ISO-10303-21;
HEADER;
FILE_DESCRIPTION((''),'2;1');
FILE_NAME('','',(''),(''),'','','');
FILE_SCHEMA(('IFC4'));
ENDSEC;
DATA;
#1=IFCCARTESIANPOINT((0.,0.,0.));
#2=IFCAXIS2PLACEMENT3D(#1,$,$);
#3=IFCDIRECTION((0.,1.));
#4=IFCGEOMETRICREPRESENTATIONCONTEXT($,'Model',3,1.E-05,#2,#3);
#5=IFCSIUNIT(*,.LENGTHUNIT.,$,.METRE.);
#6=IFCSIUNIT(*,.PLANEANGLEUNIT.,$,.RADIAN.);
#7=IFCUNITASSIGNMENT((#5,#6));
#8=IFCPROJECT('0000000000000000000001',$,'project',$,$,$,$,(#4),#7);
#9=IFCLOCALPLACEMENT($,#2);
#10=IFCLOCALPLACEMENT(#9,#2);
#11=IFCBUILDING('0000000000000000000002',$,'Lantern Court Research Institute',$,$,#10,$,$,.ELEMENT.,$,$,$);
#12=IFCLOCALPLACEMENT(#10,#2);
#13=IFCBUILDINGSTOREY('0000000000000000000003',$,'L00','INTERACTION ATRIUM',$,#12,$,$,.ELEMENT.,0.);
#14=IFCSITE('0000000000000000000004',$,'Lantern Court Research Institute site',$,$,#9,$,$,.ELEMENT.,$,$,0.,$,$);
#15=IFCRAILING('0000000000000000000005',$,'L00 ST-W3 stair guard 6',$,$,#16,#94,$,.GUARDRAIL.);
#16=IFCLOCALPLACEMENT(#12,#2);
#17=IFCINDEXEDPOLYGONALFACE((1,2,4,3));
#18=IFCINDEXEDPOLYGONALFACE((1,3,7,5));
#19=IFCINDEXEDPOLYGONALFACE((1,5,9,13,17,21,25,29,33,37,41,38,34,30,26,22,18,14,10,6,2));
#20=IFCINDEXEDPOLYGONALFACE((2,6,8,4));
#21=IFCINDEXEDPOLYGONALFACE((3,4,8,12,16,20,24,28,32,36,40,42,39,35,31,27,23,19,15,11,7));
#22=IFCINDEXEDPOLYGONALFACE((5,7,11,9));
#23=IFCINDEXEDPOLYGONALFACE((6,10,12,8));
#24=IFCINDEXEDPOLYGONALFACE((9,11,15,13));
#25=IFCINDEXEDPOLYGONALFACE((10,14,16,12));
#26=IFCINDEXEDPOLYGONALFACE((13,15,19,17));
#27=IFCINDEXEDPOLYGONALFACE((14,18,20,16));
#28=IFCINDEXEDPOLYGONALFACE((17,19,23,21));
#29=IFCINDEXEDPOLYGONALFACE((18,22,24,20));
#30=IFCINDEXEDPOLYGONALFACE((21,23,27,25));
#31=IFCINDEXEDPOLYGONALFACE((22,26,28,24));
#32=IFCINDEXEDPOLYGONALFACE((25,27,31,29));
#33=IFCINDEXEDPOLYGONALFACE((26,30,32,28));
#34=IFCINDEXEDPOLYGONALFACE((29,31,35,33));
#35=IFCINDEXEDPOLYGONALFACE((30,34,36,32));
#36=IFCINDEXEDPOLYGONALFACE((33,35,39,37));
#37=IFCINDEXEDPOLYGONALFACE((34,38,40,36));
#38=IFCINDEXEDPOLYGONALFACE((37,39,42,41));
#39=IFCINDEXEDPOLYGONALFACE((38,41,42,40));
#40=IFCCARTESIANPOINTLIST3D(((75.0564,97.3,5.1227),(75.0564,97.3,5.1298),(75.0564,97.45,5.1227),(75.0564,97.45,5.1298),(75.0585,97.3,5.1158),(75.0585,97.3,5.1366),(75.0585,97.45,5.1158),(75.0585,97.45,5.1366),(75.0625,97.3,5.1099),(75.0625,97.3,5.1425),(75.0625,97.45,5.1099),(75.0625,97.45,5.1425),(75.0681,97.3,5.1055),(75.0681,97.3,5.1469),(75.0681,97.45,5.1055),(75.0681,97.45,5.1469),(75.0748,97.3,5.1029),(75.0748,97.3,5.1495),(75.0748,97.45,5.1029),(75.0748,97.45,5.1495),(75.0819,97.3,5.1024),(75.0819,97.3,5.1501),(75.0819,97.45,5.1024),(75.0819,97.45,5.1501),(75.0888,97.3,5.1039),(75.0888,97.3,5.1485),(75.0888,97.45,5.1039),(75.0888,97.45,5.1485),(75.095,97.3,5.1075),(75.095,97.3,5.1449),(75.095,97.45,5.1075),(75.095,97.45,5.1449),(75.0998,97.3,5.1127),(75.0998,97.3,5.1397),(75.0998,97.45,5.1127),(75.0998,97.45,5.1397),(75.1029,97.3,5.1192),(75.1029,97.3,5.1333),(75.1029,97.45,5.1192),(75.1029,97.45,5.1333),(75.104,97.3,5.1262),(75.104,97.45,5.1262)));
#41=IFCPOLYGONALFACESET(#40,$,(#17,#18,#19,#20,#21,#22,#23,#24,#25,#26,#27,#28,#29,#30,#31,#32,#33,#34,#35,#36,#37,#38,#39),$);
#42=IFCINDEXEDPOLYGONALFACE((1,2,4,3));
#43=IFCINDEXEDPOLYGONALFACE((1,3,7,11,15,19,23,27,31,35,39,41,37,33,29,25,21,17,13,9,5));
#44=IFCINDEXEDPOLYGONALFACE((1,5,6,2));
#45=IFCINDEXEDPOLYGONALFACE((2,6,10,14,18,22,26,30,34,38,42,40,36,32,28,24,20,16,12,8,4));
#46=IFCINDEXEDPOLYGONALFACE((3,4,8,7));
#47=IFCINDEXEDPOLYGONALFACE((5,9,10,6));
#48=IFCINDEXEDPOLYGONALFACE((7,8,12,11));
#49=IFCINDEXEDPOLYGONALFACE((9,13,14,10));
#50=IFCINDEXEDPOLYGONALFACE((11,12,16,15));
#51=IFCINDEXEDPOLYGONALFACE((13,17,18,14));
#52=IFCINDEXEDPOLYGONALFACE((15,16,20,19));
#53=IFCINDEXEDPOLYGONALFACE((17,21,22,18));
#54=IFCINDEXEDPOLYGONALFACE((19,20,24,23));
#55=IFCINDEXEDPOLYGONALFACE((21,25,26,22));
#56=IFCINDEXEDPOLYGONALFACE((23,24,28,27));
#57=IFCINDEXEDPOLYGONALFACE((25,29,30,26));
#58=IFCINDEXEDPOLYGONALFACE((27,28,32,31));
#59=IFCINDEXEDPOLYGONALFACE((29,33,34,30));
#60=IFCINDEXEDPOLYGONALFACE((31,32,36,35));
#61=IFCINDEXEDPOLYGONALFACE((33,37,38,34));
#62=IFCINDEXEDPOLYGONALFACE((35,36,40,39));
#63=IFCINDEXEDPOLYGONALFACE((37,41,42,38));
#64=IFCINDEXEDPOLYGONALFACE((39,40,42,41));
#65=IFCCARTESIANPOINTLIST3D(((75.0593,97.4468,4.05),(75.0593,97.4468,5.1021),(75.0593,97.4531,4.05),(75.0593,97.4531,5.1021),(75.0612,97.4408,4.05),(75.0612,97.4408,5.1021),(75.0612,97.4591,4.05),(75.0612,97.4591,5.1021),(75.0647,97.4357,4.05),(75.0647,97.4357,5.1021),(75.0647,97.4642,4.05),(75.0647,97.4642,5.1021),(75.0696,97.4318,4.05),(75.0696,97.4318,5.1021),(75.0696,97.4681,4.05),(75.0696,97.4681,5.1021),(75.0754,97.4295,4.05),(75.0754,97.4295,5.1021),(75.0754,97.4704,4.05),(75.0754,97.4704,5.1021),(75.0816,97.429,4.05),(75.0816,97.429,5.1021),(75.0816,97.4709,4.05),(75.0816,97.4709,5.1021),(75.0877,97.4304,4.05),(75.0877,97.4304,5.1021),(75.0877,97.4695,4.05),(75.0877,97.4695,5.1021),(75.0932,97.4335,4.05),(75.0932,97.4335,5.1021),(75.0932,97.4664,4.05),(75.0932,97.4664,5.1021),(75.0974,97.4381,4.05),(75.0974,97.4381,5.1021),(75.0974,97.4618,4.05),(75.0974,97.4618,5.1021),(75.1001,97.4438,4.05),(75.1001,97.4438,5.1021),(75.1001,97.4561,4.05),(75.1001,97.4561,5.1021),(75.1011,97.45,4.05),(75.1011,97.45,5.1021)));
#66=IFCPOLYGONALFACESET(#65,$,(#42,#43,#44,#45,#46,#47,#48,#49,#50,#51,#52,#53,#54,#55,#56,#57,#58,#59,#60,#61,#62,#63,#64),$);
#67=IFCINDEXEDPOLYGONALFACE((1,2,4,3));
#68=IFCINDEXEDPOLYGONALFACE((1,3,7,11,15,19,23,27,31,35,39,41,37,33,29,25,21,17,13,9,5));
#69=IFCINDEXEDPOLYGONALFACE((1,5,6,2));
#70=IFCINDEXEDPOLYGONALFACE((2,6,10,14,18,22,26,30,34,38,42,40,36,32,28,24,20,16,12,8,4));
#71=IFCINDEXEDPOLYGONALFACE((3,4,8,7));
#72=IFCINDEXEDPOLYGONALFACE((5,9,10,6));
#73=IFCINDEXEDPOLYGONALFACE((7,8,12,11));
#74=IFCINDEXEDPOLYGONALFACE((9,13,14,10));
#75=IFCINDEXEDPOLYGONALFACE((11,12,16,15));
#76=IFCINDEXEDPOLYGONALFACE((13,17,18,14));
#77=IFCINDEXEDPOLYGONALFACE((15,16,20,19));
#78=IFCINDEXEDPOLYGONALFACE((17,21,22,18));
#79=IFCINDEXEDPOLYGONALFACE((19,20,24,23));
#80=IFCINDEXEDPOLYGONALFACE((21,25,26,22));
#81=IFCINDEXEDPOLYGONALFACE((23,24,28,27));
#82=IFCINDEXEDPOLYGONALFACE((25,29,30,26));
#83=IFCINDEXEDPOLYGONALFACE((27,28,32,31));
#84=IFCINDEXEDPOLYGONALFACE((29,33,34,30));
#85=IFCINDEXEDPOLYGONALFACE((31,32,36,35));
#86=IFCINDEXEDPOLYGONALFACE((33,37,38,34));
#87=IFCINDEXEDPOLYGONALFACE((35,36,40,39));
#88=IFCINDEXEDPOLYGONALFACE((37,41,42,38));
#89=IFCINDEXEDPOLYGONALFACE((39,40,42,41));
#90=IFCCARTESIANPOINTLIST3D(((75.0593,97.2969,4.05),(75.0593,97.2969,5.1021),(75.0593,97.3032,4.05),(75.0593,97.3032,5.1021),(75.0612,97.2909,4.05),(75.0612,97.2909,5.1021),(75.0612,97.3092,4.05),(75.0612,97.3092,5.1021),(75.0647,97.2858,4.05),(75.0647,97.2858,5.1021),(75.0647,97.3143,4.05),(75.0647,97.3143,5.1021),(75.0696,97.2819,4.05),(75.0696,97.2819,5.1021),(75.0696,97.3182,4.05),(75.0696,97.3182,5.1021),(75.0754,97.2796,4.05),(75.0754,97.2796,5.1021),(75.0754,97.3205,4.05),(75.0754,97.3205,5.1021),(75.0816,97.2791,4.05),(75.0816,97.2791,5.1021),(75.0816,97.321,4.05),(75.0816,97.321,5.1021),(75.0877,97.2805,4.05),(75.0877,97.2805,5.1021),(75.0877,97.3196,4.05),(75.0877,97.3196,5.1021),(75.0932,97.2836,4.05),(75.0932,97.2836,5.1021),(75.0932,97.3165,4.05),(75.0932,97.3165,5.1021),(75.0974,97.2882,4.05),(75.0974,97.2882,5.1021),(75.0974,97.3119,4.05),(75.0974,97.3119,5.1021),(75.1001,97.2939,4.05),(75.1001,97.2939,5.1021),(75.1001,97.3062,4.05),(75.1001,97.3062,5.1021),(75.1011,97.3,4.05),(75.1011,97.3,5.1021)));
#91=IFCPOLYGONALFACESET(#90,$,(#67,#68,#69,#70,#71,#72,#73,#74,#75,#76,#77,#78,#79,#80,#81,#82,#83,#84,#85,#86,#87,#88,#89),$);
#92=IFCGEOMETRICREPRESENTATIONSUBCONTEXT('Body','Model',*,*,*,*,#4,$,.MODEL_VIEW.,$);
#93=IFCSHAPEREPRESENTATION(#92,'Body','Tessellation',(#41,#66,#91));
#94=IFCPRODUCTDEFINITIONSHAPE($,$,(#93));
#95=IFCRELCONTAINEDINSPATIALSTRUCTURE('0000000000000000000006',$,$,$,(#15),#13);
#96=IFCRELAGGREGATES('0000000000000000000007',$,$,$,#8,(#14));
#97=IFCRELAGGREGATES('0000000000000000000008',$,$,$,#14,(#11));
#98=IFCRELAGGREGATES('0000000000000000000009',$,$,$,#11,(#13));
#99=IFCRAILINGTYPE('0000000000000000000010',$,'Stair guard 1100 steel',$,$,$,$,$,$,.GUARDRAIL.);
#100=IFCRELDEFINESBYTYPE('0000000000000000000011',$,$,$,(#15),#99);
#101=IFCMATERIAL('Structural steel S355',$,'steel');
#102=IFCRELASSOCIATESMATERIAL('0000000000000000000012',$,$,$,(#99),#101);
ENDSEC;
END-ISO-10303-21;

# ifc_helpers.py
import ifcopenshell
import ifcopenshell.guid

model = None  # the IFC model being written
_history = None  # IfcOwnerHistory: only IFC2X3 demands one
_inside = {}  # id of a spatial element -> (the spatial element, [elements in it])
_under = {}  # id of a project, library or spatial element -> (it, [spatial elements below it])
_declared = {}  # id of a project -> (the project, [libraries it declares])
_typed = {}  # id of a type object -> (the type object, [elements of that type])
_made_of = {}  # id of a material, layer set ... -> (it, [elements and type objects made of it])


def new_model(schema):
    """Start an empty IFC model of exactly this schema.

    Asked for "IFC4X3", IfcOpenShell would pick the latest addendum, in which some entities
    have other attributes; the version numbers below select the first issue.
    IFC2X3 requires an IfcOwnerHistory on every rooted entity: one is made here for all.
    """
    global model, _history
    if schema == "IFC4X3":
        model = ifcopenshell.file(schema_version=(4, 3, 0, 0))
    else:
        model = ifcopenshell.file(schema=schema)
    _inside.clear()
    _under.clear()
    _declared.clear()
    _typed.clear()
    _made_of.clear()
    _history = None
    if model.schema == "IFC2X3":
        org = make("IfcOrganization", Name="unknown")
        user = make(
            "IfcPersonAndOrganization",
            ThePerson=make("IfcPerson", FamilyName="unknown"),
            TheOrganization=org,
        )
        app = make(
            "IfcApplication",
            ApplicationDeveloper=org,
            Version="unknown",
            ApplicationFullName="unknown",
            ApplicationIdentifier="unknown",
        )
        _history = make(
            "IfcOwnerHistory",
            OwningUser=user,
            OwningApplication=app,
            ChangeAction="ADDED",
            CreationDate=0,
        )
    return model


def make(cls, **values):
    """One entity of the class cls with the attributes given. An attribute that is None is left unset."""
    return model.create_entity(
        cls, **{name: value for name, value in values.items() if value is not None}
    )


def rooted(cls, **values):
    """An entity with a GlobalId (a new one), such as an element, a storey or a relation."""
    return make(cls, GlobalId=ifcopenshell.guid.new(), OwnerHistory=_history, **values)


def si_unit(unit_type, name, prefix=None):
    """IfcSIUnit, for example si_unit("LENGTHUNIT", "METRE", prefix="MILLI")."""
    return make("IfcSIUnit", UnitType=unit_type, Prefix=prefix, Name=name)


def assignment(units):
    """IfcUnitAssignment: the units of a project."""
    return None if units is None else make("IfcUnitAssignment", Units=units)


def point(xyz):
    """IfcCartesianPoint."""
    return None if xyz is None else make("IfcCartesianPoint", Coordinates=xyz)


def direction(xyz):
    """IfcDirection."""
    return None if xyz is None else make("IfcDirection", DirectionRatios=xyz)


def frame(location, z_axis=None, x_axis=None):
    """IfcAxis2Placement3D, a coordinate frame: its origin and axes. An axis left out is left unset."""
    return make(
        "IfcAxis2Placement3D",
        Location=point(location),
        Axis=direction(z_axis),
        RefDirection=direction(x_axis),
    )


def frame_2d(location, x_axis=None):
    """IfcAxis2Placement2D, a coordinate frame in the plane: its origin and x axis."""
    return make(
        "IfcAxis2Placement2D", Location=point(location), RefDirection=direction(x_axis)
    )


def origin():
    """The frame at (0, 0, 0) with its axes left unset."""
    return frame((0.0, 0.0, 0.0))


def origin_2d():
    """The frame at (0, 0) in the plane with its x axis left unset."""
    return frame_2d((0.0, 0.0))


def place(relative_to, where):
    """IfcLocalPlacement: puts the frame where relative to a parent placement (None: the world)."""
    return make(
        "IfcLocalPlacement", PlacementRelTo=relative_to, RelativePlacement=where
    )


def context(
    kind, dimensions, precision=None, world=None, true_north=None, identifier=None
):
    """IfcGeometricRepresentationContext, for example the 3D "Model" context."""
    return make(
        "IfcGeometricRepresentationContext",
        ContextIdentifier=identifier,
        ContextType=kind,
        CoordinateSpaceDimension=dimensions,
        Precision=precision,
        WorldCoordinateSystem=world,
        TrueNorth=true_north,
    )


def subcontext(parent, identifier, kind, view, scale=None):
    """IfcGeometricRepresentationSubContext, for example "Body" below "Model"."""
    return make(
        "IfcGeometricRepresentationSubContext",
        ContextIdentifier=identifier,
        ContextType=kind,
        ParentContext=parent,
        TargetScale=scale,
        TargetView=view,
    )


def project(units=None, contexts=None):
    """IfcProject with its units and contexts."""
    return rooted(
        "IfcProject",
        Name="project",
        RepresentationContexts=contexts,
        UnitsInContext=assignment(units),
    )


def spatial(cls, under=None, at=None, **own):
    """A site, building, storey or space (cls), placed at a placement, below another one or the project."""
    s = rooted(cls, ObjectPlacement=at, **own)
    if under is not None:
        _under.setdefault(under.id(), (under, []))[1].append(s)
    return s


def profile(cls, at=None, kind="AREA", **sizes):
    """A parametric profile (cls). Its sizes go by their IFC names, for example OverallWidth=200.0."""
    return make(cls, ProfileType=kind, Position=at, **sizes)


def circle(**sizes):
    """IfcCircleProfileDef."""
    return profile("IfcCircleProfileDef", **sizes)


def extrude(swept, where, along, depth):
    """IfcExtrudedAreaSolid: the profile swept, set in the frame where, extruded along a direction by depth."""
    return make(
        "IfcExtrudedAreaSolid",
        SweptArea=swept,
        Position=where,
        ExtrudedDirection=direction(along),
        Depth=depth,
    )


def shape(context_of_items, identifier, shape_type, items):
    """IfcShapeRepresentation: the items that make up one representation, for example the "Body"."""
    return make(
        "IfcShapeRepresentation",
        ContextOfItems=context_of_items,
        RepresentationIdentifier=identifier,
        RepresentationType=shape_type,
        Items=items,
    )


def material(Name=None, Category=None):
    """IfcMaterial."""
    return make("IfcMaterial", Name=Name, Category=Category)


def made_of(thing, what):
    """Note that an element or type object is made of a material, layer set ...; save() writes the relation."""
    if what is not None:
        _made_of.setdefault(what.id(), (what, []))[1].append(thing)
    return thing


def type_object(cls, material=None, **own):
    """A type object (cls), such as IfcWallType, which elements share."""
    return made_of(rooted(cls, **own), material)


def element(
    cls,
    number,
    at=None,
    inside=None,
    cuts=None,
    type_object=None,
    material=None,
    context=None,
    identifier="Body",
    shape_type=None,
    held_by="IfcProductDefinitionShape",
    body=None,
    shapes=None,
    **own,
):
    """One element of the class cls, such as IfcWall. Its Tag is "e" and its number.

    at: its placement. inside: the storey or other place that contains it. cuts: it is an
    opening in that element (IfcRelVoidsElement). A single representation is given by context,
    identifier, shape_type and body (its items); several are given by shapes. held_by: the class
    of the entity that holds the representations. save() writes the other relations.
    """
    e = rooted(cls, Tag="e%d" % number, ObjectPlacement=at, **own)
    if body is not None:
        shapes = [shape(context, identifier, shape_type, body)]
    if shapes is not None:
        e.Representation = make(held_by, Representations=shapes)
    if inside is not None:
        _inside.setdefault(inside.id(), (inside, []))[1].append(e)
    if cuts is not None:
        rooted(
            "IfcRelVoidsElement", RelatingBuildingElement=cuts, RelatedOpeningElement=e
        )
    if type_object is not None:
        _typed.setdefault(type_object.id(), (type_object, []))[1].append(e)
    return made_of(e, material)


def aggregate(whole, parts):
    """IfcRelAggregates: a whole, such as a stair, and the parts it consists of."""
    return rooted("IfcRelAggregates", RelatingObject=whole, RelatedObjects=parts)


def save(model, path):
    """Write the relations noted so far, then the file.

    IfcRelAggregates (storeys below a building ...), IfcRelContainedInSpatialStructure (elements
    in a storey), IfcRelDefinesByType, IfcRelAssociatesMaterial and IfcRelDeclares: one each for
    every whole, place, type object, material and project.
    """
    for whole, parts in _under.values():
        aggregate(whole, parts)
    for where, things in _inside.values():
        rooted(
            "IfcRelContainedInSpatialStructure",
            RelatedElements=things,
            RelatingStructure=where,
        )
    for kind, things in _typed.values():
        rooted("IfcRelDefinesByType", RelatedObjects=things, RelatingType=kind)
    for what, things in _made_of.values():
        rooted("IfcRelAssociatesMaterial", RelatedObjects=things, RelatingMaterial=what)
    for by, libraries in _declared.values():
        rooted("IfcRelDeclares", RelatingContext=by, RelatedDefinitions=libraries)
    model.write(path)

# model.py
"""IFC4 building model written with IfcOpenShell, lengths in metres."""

from ifc_helpers import new_model, si_unit, direction, frame, origin, origin_2d, place, context, subcontext, project, spatial, circle, extrude, material, type_object, element, save


model = new_model("IFC4")

# Units and contexts
model_context = context("Model", 3, precision=1e-05, world=origin(), true_north=direction((0.0, 1.0)))
body_context = subcontext(model_context, "Body", "Model", "MODEL_VIEW")
ifc_project = project(units=[si_unit("LENGTHUNIT", "METRE"), si_unit("PLANEANGLEUNIT", "RADIAN")], contexts=[model_context])

# Site, building, storey
site_placement = place(None, origin())
site = spatial("IfcSite", under=ifc_project, at=site_placement, Name="Lantern Court Research Institute site", CompositionType="ELEMENT", RefElevation=0.0)
building_placement = place(site_placement, origin())
building = spatial("IfcBuilding", under=site, at=building_placement, Name="Lantern Court Research Institute", CompositionType="ELEMENT")
storey_placement = place(building_placement, origin())
storey = spatial("IfcBuildingStorey", under=building, at=storey_placement, Name="L00", Description="INTERACTION ATRIUM", CompositionType="ELEMENT", Elevation=0.0)

# Railing
ifc_material_1 = material(Name="Structural steel S355", Category="steel")
railing_type_1 = type_object("IfcRailingType", Name="Stair guard 1100 steel", PredefinedType="GUARDRAIL", material=ifc_material_1)
railing_1_placement = place(storey_placement, frame((75.0801, 97.45, 4.05)))
element("IfcRailing", 1, at=railing_1_placement, inside=storey, type_object=railing_type_1, Name="L00 ST-W3 stair guard 6", PredefinedType="GUARDRAIL", context=body_context, shape_type="SweptSolid", body=[
    extrude(circle(Radius=0.0239, at=origin_2d()), frame((0.0, 0.0, 1.0762), z_axis=(0.0, -1.0, 0.0), x_axis=(1.0, 0.0, 0.0)), (0.0, 0.0, 1.0), 0.1499),
    extrude(circle(Radius=0.021, at=origin_2d()), origin(), (0.0, 0.0, 1.0), 1.052),
    extrude(circle(Radius=0.021, at=origin_2d()), frame((0.0, -0.1499, 0.0)), (0.0, 0.0, 1.0), 1.052),
])

save(model, "model.ifc")
